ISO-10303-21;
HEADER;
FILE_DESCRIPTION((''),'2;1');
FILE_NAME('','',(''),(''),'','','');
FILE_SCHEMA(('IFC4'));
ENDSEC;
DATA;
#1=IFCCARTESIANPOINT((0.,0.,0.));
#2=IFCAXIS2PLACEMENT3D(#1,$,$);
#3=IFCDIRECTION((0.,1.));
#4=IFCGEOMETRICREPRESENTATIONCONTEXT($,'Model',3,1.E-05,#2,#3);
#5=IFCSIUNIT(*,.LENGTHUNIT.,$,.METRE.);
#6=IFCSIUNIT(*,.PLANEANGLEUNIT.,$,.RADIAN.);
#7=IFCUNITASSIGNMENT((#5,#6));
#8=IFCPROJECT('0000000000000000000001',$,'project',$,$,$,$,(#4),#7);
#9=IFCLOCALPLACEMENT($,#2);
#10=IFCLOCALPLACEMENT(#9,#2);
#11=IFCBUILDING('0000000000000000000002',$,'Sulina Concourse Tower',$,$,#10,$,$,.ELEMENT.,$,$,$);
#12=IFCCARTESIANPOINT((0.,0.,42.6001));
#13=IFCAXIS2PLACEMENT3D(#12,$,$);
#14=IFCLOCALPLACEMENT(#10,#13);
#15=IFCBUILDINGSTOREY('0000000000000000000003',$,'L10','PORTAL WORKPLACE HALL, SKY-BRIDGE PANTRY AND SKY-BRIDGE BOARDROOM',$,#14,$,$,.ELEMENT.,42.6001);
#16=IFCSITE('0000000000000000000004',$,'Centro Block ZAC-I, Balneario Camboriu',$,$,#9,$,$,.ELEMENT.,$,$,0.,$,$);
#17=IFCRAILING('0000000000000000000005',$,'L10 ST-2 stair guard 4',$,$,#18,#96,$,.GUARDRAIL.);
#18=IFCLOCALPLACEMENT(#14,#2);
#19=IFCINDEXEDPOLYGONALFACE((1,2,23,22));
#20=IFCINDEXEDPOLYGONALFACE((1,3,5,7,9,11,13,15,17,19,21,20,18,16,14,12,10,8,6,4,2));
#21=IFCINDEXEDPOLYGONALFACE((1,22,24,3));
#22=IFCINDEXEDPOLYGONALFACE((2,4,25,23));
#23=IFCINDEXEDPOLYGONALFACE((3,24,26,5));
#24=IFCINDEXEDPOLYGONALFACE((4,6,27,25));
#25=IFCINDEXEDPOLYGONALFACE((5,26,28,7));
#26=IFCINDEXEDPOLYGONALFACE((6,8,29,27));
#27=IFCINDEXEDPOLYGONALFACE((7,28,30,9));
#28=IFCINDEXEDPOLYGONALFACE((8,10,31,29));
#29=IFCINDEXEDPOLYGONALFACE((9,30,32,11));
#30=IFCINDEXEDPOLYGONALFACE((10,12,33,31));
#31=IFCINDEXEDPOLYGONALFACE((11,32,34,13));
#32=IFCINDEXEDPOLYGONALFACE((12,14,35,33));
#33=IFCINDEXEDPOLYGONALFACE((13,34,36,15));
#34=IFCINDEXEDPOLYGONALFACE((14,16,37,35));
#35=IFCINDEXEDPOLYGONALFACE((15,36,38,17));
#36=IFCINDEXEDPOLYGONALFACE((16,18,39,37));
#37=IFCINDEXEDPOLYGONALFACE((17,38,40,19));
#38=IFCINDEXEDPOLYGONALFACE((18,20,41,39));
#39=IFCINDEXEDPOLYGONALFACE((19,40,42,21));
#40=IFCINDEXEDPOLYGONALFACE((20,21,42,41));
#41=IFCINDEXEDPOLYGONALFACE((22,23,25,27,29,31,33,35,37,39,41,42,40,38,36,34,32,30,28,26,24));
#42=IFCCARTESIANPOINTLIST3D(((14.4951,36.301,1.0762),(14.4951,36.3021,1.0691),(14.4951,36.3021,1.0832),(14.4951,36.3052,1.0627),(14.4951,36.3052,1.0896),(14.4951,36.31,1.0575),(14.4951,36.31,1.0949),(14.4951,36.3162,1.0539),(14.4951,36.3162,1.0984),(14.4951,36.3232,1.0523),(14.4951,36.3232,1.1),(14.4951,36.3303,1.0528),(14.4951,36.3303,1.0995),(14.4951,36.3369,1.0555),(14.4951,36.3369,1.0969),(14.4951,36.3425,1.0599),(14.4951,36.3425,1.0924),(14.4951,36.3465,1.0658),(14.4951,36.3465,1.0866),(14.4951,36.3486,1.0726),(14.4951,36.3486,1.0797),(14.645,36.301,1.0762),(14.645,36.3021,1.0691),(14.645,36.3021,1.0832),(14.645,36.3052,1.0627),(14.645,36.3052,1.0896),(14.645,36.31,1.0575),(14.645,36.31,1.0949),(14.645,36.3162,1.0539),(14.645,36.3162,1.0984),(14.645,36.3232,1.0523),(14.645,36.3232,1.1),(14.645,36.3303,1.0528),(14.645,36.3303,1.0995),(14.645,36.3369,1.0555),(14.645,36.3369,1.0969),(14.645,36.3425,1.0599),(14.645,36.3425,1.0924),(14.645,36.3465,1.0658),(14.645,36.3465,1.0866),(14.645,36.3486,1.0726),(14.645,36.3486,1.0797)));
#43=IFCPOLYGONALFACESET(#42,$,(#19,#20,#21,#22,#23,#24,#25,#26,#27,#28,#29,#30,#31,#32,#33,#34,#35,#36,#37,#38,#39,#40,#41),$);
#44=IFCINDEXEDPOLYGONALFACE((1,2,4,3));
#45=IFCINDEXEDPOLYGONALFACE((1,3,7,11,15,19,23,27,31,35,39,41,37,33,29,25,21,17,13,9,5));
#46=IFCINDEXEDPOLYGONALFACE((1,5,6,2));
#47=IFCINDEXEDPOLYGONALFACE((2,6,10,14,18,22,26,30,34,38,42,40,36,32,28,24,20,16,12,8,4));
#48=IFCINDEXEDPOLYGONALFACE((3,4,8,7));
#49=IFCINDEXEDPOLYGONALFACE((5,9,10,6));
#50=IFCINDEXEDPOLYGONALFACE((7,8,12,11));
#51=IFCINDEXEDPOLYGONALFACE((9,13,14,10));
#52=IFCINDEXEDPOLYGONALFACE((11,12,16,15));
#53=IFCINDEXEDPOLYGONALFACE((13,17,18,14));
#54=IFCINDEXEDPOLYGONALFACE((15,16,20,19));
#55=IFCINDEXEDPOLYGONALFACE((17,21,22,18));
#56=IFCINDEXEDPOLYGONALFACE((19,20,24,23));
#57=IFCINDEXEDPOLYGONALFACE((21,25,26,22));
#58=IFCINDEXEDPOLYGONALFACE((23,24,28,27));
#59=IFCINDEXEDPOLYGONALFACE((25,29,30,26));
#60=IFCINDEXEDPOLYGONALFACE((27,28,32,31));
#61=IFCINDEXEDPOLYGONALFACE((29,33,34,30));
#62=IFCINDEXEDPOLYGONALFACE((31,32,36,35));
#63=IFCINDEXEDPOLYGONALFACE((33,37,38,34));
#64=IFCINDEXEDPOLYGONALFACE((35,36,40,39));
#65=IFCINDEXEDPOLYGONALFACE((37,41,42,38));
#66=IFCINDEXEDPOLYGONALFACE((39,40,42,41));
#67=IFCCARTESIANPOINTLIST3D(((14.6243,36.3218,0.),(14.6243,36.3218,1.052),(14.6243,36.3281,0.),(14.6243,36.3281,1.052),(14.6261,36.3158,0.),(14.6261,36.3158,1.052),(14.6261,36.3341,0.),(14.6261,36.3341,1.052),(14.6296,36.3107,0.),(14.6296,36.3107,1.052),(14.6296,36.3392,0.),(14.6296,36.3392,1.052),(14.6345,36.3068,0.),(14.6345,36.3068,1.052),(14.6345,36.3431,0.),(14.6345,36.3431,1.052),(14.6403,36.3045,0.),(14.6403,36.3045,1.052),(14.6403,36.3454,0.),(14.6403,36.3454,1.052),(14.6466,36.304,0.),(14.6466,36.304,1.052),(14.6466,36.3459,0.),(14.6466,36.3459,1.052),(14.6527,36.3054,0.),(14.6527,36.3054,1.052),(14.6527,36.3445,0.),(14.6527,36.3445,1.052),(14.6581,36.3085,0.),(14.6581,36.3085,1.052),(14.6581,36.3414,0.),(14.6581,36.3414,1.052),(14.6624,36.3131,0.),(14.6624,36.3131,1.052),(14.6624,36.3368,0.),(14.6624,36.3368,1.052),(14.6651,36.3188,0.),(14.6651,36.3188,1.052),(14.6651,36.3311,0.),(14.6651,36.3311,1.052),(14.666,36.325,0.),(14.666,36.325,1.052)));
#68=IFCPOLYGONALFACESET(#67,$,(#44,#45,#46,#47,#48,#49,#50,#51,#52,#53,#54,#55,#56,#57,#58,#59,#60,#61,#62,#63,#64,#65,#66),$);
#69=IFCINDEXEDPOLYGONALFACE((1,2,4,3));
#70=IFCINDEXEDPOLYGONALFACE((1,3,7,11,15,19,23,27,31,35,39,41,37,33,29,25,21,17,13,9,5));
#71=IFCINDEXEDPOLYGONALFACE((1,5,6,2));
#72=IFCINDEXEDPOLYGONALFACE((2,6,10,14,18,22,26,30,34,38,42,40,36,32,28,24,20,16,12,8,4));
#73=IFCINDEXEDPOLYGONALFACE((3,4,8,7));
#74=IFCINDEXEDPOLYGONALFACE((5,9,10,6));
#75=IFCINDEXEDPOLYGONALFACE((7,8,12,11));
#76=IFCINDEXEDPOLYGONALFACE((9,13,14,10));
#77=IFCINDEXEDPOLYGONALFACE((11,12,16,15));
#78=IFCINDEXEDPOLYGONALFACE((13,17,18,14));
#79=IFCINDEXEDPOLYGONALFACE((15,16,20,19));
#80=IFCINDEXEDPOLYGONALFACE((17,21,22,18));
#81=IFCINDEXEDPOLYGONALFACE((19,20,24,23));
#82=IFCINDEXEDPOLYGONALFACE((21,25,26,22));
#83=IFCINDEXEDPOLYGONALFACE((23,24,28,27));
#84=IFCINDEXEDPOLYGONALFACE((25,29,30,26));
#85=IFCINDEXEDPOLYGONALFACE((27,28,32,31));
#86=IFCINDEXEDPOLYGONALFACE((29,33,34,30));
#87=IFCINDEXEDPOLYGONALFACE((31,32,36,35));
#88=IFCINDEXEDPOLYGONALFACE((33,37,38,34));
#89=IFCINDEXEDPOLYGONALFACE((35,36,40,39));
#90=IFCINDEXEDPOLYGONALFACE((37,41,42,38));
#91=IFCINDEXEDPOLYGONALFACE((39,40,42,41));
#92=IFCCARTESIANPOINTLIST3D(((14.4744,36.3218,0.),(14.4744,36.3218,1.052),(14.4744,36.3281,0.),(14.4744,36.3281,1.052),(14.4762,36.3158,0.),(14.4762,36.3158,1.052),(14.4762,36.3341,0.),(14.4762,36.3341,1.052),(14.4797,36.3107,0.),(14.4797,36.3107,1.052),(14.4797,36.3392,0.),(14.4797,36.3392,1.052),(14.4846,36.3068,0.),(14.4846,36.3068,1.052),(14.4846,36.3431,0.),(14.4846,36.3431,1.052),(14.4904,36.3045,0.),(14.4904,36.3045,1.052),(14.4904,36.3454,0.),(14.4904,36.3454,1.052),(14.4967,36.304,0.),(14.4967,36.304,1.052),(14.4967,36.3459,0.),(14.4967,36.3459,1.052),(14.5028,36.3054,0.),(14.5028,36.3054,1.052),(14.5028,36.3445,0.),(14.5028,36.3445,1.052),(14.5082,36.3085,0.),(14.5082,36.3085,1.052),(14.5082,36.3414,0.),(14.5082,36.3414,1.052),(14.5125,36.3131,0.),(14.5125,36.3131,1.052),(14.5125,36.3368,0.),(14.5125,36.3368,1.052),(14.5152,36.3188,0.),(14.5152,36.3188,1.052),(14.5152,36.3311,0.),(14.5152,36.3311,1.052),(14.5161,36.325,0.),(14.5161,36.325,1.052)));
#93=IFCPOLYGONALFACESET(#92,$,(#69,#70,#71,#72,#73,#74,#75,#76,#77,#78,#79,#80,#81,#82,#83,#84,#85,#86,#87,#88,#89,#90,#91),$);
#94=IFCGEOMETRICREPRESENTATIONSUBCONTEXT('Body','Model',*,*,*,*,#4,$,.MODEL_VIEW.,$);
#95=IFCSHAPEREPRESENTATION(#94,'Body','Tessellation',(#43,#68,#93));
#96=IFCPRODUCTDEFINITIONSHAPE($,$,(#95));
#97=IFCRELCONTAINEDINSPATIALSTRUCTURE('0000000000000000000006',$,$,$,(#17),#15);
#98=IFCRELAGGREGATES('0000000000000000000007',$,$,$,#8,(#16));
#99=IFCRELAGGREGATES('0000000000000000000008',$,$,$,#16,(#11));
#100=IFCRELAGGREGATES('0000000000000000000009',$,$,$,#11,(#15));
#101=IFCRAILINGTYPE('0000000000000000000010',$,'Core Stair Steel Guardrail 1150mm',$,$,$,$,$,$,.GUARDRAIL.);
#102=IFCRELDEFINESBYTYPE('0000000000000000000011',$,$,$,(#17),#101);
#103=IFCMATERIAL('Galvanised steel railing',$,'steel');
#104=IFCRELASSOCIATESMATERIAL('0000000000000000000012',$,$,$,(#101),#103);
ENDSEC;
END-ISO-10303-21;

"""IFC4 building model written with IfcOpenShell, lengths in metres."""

from ifc_helpers import new_model, si_unit, direction, frame, origin, origin_2d, place, context, subcontext, project, spatial, circle, extrude, material, type_object, element, save


model = new_model("IFC4")

# Units and contexts
model_context = context("Model", 3, precision=1e-05, world=origin(), true_north=direction((0.0, 1.0)))
body_context = subcontext(model_context, "Body", "Model", "MODEL_VIEW")
ifc_project = project(units=[si_unit("LENGTHUNIT", "METRE"), si_unit("PLANEANGLEUNIT", "RADIAN")], contexts=[model_context])

# Site, building, storey
site_placement = place(None, origin())
site = spatial("IfcSite", under=ifc_project, at=site_placement, Name="Centro Block ZAC-I, Balneario Camboriu", CompositionType="ELEMENT", RefElevation=0.0)
building_placement = place(site_placement, origin())
building = spatial("IfcBuilding", under=site, at=building_placement, Name="Sulina Concourse Tower", CompositionType="ELEMENT")
storey_placement = place(building_placement, frame((0.0, 0.0, 42.6001)))
storey = spatial("IfcBuildingStorey", under=building, at=storey_placement, Name="L10", Description="PORTAL WORKPLACE HALL, SKY-BRIDGE PANTRY AND SKY-BRIDGE BOARDROOM", CompositionType="ELEMENT", Elevation=42.6001)

# Railing
ifc_material_1 = material(Name="Galvanised steel railing", Category="steel")
railing_type_1 = type_object("IfcRailingType", Name="Core Stair Steel Guardrail 1150mm", PredefinedType="GUARDRAIL", material=ifc_material_1)
railing_1_placement = place(storey_placement, frame((14.645, 36.325, 0.0)))
element("IfcRailing", 1, at=railing_1_placement, inside=storey, type_object=railing_type_1, Name="L10 ST-2 stair guard 4", PredefinedType="GUARDRAIL", context=body_context, shape_type="SweptSolid", body=[
    extrude(circle(Radius=0.0239, at=origin_2d()), frame((0.0, 0.0, 1.0762), z_axis=(-1.0, 0.0, 0.0), x_axis=(0.0, -1.0, 0.0)), (0.0, 0.0, 1.0), 0.1499),
    extrude(circle(Radius=0.021, at=origin_2d()), origin(), (0.0, 0.0, 1.0), 1.052),
    extrude(circle(Radius=0.021, at=origin_2d()), frame((-0.1499, 0.0, 0.0)), (0.0, 0.0, 1.0), 1.052),
])

save(model, "model.ifc")
